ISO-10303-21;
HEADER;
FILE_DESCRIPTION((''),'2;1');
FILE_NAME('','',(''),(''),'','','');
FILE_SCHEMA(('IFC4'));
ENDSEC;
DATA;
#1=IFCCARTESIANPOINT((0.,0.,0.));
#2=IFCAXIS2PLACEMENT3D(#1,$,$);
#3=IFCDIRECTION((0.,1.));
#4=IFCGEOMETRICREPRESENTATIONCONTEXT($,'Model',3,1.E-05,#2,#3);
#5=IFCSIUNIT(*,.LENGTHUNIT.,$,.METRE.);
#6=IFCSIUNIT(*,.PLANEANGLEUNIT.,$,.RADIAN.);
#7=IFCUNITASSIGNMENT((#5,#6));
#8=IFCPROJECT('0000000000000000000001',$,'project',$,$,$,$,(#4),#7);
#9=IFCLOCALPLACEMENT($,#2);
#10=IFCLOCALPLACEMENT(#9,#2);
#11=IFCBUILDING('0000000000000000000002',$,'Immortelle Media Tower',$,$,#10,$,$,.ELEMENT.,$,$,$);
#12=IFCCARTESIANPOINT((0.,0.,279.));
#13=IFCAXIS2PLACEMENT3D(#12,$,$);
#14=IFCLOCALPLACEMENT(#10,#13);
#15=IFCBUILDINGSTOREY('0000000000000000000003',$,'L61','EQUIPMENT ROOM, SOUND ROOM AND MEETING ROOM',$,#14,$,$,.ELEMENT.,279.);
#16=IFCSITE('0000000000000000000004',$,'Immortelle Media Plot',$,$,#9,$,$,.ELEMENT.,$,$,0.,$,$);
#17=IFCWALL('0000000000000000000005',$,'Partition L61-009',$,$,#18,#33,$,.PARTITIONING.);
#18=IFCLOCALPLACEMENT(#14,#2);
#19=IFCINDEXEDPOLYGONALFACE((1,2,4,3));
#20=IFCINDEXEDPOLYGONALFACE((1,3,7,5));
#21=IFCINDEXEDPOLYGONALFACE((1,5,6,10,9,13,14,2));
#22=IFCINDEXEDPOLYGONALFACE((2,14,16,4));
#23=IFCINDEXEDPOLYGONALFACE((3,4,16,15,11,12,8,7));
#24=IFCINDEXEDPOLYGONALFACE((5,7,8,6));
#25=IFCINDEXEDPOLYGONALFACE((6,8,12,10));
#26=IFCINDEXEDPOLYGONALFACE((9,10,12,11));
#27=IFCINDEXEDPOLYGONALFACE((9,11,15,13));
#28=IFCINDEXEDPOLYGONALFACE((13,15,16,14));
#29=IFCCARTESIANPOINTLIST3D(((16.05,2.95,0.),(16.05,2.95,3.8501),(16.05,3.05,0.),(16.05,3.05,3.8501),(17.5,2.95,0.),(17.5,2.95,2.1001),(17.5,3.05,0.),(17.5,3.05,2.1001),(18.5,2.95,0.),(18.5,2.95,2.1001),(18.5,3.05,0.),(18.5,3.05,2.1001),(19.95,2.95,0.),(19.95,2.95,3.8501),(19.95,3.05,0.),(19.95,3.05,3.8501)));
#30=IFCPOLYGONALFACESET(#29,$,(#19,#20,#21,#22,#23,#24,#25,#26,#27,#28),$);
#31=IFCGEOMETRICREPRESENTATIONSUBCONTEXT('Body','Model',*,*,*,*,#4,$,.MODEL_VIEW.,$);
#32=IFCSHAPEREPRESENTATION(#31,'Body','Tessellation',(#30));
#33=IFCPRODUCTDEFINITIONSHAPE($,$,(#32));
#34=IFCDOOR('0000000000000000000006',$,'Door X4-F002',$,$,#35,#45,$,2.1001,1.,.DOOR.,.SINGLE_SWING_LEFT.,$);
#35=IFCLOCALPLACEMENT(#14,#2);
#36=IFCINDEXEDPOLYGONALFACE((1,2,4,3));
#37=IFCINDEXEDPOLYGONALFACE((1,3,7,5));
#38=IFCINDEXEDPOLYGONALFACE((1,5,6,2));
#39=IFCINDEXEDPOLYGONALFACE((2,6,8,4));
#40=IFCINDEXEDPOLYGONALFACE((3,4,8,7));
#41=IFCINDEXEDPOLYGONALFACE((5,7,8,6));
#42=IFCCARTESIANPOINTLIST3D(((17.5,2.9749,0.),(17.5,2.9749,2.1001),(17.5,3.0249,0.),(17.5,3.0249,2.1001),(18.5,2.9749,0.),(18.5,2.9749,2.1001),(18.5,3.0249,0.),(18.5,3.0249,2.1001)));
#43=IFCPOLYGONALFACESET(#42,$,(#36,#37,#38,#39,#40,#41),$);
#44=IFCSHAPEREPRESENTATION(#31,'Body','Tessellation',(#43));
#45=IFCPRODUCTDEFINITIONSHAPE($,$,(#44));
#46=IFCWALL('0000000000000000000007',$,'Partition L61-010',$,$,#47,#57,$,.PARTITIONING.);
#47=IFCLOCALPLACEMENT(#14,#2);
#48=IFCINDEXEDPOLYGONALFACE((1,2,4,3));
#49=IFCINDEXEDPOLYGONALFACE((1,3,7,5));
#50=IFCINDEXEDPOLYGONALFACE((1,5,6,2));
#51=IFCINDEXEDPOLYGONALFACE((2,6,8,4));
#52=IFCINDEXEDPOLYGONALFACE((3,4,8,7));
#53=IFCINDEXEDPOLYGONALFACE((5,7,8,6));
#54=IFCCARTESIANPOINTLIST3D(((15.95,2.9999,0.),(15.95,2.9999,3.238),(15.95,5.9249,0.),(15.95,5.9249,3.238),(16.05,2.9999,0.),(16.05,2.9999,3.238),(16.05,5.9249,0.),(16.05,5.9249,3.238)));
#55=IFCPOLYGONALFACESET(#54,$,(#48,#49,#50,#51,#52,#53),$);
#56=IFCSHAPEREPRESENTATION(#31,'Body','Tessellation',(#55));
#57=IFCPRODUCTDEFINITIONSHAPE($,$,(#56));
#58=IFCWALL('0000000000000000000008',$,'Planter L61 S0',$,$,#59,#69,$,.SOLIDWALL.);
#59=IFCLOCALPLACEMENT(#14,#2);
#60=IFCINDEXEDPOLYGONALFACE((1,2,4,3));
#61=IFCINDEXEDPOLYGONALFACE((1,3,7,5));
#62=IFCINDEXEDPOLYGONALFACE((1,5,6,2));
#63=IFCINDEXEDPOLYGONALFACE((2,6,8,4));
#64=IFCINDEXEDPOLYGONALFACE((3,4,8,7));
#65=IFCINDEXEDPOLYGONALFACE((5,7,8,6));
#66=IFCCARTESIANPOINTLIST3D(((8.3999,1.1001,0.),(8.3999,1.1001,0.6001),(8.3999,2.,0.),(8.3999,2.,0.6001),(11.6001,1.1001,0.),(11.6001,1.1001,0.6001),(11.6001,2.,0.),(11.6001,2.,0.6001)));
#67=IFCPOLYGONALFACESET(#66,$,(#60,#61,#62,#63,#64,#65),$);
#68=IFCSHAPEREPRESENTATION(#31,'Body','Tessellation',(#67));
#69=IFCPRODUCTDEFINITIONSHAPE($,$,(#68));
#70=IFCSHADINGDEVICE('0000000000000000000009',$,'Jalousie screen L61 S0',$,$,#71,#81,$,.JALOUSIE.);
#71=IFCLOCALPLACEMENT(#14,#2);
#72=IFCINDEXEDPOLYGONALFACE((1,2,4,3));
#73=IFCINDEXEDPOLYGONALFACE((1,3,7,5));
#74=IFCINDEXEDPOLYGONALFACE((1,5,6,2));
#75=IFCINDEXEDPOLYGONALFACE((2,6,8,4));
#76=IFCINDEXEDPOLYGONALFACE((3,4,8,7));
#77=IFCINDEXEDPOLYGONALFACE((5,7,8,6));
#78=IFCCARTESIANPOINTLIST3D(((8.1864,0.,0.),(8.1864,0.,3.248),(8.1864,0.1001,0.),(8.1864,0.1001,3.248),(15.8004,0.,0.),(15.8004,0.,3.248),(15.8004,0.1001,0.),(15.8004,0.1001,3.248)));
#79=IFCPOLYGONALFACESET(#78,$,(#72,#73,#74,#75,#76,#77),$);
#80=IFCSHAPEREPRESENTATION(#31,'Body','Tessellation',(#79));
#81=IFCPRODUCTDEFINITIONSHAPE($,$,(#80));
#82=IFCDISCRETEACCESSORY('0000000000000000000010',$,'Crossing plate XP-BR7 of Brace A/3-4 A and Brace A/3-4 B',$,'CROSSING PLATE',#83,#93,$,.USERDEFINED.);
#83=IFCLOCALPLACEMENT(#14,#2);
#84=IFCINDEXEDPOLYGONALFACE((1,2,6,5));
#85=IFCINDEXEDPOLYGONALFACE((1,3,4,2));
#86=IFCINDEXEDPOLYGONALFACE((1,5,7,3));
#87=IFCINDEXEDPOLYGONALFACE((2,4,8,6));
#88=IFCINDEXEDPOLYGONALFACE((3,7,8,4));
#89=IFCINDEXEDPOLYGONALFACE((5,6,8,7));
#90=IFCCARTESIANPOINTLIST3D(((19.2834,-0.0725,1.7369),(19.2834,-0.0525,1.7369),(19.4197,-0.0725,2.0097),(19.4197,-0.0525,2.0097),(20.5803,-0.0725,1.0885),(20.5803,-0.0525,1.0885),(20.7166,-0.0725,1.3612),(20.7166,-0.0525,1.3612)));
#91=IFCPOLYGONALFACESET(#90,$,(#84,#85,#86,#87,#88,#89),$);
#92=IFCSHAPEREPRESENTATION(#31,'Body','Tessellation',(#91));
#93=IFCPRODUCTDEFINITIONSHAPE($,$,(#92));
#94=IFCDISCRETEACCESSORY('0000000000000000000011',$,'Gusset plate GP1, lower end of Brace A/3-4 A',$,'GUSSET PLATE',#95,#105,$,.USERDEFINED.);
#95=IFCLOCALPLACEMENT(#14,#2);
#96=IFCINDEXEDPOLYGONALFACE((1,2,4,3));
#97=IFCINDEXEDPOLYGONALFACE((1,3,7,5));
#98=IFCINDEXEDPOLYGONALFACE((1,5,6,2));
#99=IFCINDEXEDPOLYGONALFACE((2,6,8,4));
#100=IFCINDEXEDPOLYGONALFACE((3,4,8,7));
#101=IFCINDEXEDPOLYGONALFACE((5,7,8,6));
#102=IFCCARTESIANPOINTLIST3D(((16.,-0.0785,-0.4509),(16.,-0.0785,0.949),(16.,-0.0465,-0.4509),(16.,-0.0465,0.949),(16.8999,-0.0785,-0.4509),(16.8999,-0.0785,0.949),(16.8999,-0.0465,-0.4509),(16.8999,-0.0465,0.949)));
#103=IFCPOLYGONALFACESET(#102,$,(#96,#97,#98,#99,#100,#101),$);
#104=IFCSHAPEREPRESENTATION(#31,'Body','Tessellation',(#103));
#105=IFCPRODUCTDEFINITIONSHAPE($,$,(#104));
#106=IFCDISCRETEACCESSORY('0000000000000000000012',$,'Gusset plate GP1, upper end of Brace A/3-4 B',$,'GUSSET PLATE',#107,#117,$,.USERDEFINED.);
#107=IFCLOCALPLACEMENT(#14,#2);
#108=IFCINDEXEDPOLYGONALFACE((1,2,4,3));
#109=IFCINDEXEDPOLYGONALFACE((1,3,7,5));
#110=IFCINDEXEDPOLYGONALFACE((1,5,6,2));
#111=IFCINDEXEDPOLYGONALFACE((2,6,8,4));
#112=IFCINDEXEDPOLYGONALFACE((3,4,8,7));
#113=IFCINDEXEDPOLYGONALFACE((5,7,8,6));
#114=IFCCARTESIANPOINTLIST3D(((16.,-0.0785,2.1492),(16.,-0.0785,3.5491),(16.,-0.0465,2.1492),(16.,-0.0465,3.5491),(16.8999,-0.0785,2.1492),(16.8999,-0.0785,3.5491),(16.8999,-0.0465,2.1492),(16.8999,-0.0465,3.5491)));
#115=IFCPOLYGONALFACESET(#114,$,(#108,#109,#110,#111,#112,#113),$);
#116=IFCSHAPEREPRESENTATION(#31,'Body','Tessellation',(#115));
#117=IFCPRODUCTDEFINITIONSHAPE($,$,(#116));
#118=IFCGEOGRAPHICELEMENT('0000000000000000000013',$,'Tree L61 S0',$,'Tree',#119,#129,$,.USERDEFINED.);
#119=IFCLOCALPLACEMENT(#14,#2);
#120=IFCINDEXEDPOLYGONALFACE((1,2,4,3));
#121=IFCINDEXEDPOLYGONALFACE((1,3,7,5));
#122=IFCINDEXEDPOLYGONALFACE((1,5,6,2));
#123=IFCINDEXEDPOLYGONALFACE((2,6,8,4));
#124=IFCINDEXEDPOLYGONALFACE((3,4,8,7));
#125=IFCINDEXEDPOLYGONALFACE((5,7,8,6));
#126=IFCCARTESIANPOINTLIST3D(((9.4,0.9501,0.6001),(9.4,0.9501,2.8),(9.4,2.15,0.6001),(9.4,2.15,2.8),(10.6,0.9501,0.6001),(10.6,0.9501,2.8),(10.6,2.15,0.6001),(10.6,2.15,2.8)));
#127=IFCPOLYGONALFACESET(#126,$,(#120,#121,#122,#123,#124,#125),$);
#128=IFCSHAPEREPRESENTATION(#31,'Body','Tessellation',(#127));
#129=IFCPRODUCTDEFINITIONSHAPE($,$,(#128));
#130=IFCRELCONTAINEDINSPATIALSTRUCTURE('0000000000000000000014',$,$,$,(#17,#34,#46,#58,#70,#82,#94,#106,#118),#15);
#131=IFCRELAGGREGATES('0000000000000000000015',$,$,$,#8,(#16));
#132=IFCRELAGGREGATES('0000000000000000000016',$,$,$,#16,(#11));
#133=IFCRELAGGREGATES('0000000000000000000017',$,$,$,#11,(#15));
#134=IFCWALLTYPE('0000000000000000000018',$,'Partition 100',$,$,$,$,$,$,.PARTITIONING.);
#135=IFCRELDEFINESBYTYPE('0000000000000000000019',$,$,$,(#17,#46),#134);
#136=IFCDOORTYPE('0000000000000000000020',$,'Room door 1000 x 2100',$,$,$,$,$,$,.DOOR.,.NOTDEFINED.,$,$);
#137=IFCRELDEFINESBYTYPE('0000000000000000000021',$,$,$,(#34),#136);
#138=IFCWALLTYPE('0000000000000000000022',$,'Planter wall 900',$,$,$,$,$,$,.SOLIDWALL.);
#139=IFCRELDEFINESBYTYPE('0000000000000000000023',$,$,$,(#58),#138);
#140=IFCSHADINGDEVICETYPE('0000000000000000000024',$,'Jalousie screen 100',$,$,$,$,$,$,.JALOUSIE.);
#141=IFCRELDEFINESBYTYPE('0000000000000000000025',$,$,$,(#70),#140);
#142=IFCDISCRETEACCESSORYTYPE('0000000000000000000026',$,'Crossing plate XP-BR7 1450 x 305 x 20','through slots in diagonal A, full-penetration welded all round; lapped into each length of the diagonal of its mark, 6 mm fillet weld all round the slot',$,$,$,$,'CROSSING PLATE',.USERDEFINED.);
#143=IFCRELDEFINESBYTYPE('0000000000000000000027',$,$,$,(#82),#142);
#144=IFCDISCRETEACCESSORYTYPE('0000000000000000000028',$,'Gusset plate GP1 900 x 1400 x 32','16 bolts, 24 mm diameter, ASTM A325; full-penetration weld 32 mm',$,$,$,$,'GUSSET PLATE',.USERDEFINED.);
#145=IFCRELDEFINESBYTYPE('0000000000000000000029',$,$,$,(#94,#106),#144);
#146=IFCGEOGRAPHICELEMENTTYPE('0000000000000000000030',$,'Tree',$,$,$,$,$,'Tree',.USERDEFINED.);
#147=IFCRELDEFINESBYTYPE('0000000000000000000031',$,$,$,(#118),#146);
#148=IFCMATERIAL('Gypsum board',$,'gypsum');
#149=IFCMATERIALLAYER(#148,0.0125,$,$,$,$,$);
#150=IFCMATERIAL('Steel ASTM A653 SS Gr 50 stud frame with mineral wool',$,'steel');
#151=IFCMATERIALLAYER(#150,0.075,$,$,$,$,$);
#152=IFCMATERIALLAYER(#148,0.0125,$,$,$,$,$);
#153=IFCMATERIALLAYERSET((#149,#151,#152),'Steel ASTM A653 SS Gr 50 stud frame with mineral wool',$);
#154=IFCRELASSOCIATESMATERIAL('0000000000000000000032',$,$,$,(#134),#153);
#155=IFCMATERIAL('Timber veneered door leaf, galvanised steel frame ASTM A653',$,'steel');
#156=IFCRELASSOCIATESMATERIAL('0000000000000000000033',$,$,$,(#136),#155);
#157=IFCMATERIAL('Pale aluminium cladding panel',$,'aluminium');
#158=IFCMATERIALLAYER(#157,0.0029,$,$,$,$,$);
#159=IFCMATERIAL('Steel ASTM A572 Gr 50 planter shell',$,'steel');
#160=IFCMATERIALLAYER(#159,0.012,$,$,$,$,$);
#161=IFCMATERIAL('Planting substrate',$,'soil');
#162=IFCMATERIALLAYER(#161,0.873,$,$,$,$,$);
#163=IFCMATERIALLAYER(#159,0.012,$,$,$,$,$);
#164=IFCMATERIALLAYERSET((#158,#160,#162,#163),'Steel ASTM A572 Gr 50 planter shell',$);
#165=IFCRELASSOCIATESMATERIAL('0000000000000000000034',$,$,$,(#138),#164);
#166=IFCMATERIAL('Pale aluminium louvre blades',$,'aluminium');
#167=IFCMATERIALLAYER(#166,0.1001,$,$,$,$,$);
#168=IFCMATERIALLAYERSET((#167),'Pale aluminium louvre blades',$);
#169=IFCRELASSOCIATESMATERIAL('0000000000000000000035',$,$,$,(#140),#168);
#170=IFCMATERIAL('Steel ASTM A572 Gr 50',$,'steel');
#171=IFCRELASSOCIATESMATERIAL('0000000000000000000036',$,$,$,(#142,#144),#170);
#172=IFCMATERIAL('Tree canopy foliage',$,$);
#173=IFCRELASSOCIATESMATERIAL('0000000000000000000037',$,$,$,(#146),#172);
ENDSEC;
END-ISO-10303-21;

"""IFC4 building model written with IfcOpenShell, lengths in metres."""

from ifc_helpers import new_model, si_unit, direction, frame, frame_2d, origin, origin_2d, place, context, subcontext, project, spatial, rectangle, extrude, material, layer, layer_set, material_profile, profile_set, type_object, element, fill, save


model = new_model("IFC4")

# Units and contexts
model_context = context("Model", 3, precision=1e-05, world=origin(), true_north=direction((0.0, 1.0)))
body_context = subcontext(model_context, "Body", "Model", "MODEL_VIEW")
ifc_project = project(units=[si_unit("LENGTHUNIT", "METRE"), si_unit("PLANEANGLEUNIT", "RADIAN")], contexts=[model_context])

# Site, building, storey
site_placement = place(None, origin())
site = spatial("IfcSite", under=ifc_project, at=site_placement, Name="Immortelle Media Plot", CompositionType="ELEMENT", RefElevation=0.0)
building_placement = place(site_placement, origin())
building = spatial("IfcBuilding", under=site, at=building_placement, Name="Immortelle Media Tower", CompositionType="ELEMENT")
storey_placement = place(building_placement, frame((0.0, 0.0, 279.0)))
storey = spatial("IfcBuildingStorey", under=building, at=storey_placement, Name="L61", Description="EQUIPMENT ROOM, SOUND ROOM AND MEETING ROOM", CompositionType="ELEMENT", Elevation=279.0)

# Shared definitions
ifc_material_1 = material(Name="Pale aluminium cladding panel", Category="aluminium")
ifc_material_2 = material(Name="Steel ASTM A653 SS Gr 50 stud frame with mineral wool", Category="steel")

# Shared definitions
ifc_material_3 = material(Name="Gypsum board", Category="gypsum")
ifc_layer_1 = layer(ifc_material_3, 0.0125)
ifc_layer_2 = layer(ifc_material_2, 0.075)
ifc_layer_3 = layer(ifc_material_3, 0.0125)
ifc_layer_set_1 = layer_set([ifc_layer_1, ifc_layer_2, ifc_layer_3], Name="Steel ASTM A653 SS Gr 50 stud frame with mineral wool")
wall_type_1 = type_object("IfcWallType", Name="Partition 100", PredefinedType="PARTITIONING", material=ifc_layer_set_1)

# Wall, opening, door
wall_1_placement = place(storey_placement, frame((16.05, 3.0, 0.0), z_axis=(0.0, 0.0, 1.0), x_axis=(1.0, 0.0, 0.0)))
wall_1 = element("IfcWall", 1, at=wall_1_placement, inside=storey, type_object=wall_type_1, Name="Partition L61-009", PredefinedType="PARTITIONING", context=body_context, shape_type="SweptSolid", body=[
    extrude(rectangle(XDim=3.8999, YDim=0.1001, at=frame_2d((1.95, 0.0))), origin(), (0.0, 0.0, 1.0), 3.8501),
])
opening_1_placement = place(wall_1_placement, frame((1.45, 0.0, 0.0)))
opening_1 = element("IfcOpeningElement", 2, at=opening_1_placement, cuts=wall_1, PredefinedType="OPENING", context=body_context, shape_type="SweptSolid", body=[
    extrude(rectangle(XDim=1.0, YDim=2.1001, at=frame_2d((0.5, 1.05))), frame((0.0, 0.0601, 0.0), z_axis=(0.0, -1.0, 0.0), x_axis=(1.0, 0.0, 0.0)), (0.0, 0.0, 1.0), 0.1201),
])
ifc_material_4 = material(Name="Timber veneered door leaf, galvanised steel frame ASTM A653", Category="steel")
door_type_1 = type_object("IfcDoorType", Name="Room door 1000 x 2100", OperationType="NOTDEFINED", PredefinedType="DOOR", material=ifc_material_4)
door_1_placement = place(opening_1_placement, origin())
door_1 = element("IfcDoor", 3, at=door_1_placement, inside=storey, type_object=door_type_1, Name="Door X4-F002", OperationType="SINGLE_SWING_LEFT", OverallHeight=2.1001, OverallWidth=1.0, PredefinedType="DOOR", context=body_context, shape_type="SweptSolid", body=[
    extrude(rectangle(XDim=1.0, YDim=2.1001, at=frame_2d((0.5, 1.05))), frame((0.0, 0.0249, 0.0), z_axis=(0.0, -1.0, 0.0), x_axis=(1.0, 0.0, 0.0)), (0.0, 0.0, 1.0), 0.05),
])
fill(opening_1, door_1)

# Walls
wall_2_placement = place(storey_placement, frame((16.0, 3.0, 0.0), z_axis=(0.0, 0.0, 1.0), x_axis=(0.0, 1.0, 0.0)))
element("IfcWall", 4, at=wall_2_placement, inside=storey, type_object=wall_type_1, Name="Partition L61-010", PredefinedType="PARTITIONING", context=body_context, shape_type="SweptSolid", body=[
    extrude(rectangle(XDim=2.925, YDim=0.1001, at=frame_2d((1.4624, 0.0))), origin(), (0.0, 0.0, 1.0), 3.238),
])
ifc_layer_4 = layer(ifc_material_1, 0.0029)
ifc_material_5 = material(Name="Steel ASTM A572 Gr 50 planter shell", Category="steel")
ifc_layer_5 = layer(ifc_material_5, 0.012)
ifc_material_6 = material(Name="Planting substrate", Category="soil")
ifc_layer_6 = layer(ifc_material_6, 0.873)
ifc_layer_7 = layer(ifc_material_5, 0.012)
ifc_layer_set_2 = layer_set([ifc_layer_4, ifc_layer_5, ifc_layer_6, ifc_layer_7], Name="Steel ASTM A572 Gr 50 planter shell")
wall_type_2 = type_object("IfcWallType", Name="Planter wall 900", PredefinedType="SOLIDWALL", material=ifc_layer_set_2)
wall_3_placement = place(storey_placement, frame((8.3999, 1.55, 0.0), z_axis=(0.0, 0.0, 1.0), x_axis=(1.0, 0.0, 0.0)))
element("IfcWall", 5, at=wall_3_placement, inside=storey, type_object=wall_type_2, Name="Planter L61 S0", PredefinedType="SOLIDWALL", context=body_context, shape_type="SweptSolid", body=[
    extrude(rectangle(XDim=3.2002, YDim=0.8999, at=frame_2d((1.6001, 0.0))), origin(), (0.0, 0.0, 1.0), 0.6001),
])

# Shading device
ifc_material_7 = material(Name="Pale aluminium louvre blades", Category="aluminium")
ifc_layer_8 = layer(ifc_material_7, 0.1001)
ifc_layer_set_3 = layer_set([ifc_layer_8], Name="Pale aluminium louvre blades")
shading_device_type = type_object("IfcShadingDeviceType", Name="Jalousie screen 100", PredefinedType="JALOUSIE", material=ifc_layer_set_3)
shading_device_placement = place(storey_placement, frame((11.9934, 0.05, 0.0), z_axis=(0.0, 0.0, 1.0), x_axis=(1.0, 0.0, 0.0)))
element("IfcShadingDevice", 6, at=shading_device_placement, inside=storey, type_object=shading_device_type, Name="Jalousie screen L61 S0", PredefinedType="JALOUSIE", context=body_context, shape_type="SweptSolid", body=[
    extrude(rectangle(XDim=7.614, YDim=0.1001, at=origin_2d()), origin(), (0.0, 0.0, 1.0), 3.248),
])

# Discrete accessories
ifc_material_8 = material(Name="Steel ASTM A572 Gr 50", Category="steel")
ifc_material_profile_1 = material_profile(ifc_material_8, rectangle(XDim=0.02, YDim=0.3049, at=origin_2d()), Name="PL 20 x 305")
ifc_profile_set_1 = profile_set([ifc_material_profile_1], Name="Steel ASTM A572 Gr 50")
discrete_accessory_type_1 = type_object("IfcDiscreteAccessoryType", Name="Crossing plate XP-BR7 1450 x 305 x 20", Description="through slots in diagonal A, full-penetration welded all round; lapped into each length of the diagonal of its mark, 6 mm fillet weld all round the slot", ElementType="CROSSING PLATE", PredefinedType="USERDEFINED", material=ifc_profile_set_1)
discrete_accessory_placement = place(storey_placement, frame((19.3516, -0.0625, 1.8733), z_axis=(0.894427, 0.0, -0.447214), x_axis=(0.0, 1.0, 0.0)))
element("IfcDiscreteAccessory", 7, at=discrete_accessory_placement, inside=storey, type_object=discrete_accessory_type_1, Name="Crossing plate XP-BR7 of Brace A/3-4 A and Brace A/3-4 B", ObjectType="CROSSING PLATE", PredefinedType="USERDEFINED", context=body_context, shape_type="SweptSolid", body=[
    extrude(rectangle(XDim=0.02, YDim=0.3049, at=origin_2d()), origin(), (0.0, 0.0, 1.0), 1.45),
])
ifc_material_profile_2 = material_profile(ifc_material_8, rectangle(XDim=0.032, YDim=1.3999, at=origin_2d()), Name="PL 32 x 1400")
ifc_profile_set_2 = profile_set([ifc_material_profile_2], Name="Steel ASTM A572 Gr 50")
discrete_accessory_type_2 = type_object("IfcDiscreteAccessoryType", Name="Gusset plate GP1 900 x 1400 x 32", Description="16 bolts, 24 mm diameter, ASTM A325; full-penetration weld 32 mm", ElementType="GUSSET PLATE", PredefinedType="USERDEFINED", material=ifc_profile_set_2)
for number, where, z_axis, x_axis, name in (
    (8, (16.0, -0.0625, 0.249), (1.0, 0.0, 0.0), (0.0, 1.0, 0.0), "Gusset plate GP1, lower end of Brace A/3-4 A"),
    (9, (16.0, -0.0625, 2.8491), (1.0, 0.0, 0.0), (0.0, 1.0, 0.0), "Gusset plate GP1, upper end of Brace A/3-4 B"),
):
    element("IfcDiscreteAccessory", number, at=place(storey_placement, frame(where, z_axis=z_axis, x_axis=x_axis)), inside=storey, type_object=discrete_accessory_type_2, Name=name, ObjectType="GUSSET PLATE", PredefinedType="USERDEFINED", context=body_context, shape_type="SweptSolid", body=[
        extrude(rectangle(XDim=0.032, YDim=1.3999, at=origin_2d()), origin(), (0.0, 0.0, 1.0), 0.8999),
    ])

# Geographic element
ifc_material_9 = material(Name="Tree canopy foliage")
geographic_element_type = type_object("IfcGeographicElementType", Name="Tree", ElementType="Tree", PredefinedType="USERDEFINED", material=ifc_material_9)
geographic_element_placement = place(storey_placement, frame((10.0, 1.55, 0.6001), z_axis=(0.0, 0.0, 1.0), x_axis=(1.0, 0.0, 0.0)))
element("IfcGeographicElement", 10, at=geographic_element_placement, inside=storey, type_object=geographic_element_type, Name="Tree L61 S0", ObjectType="Tree", PredefinedType="USERDEFINED", context=body_context, shape_type="SweptSolid", body=[
    extrude(rectangle(XDim=1.2, YDim=1.2, at=origin_2d()), origin(), (0.0, 0.0, 1.0), 2.2),
])

save(model, "model.ifc")
